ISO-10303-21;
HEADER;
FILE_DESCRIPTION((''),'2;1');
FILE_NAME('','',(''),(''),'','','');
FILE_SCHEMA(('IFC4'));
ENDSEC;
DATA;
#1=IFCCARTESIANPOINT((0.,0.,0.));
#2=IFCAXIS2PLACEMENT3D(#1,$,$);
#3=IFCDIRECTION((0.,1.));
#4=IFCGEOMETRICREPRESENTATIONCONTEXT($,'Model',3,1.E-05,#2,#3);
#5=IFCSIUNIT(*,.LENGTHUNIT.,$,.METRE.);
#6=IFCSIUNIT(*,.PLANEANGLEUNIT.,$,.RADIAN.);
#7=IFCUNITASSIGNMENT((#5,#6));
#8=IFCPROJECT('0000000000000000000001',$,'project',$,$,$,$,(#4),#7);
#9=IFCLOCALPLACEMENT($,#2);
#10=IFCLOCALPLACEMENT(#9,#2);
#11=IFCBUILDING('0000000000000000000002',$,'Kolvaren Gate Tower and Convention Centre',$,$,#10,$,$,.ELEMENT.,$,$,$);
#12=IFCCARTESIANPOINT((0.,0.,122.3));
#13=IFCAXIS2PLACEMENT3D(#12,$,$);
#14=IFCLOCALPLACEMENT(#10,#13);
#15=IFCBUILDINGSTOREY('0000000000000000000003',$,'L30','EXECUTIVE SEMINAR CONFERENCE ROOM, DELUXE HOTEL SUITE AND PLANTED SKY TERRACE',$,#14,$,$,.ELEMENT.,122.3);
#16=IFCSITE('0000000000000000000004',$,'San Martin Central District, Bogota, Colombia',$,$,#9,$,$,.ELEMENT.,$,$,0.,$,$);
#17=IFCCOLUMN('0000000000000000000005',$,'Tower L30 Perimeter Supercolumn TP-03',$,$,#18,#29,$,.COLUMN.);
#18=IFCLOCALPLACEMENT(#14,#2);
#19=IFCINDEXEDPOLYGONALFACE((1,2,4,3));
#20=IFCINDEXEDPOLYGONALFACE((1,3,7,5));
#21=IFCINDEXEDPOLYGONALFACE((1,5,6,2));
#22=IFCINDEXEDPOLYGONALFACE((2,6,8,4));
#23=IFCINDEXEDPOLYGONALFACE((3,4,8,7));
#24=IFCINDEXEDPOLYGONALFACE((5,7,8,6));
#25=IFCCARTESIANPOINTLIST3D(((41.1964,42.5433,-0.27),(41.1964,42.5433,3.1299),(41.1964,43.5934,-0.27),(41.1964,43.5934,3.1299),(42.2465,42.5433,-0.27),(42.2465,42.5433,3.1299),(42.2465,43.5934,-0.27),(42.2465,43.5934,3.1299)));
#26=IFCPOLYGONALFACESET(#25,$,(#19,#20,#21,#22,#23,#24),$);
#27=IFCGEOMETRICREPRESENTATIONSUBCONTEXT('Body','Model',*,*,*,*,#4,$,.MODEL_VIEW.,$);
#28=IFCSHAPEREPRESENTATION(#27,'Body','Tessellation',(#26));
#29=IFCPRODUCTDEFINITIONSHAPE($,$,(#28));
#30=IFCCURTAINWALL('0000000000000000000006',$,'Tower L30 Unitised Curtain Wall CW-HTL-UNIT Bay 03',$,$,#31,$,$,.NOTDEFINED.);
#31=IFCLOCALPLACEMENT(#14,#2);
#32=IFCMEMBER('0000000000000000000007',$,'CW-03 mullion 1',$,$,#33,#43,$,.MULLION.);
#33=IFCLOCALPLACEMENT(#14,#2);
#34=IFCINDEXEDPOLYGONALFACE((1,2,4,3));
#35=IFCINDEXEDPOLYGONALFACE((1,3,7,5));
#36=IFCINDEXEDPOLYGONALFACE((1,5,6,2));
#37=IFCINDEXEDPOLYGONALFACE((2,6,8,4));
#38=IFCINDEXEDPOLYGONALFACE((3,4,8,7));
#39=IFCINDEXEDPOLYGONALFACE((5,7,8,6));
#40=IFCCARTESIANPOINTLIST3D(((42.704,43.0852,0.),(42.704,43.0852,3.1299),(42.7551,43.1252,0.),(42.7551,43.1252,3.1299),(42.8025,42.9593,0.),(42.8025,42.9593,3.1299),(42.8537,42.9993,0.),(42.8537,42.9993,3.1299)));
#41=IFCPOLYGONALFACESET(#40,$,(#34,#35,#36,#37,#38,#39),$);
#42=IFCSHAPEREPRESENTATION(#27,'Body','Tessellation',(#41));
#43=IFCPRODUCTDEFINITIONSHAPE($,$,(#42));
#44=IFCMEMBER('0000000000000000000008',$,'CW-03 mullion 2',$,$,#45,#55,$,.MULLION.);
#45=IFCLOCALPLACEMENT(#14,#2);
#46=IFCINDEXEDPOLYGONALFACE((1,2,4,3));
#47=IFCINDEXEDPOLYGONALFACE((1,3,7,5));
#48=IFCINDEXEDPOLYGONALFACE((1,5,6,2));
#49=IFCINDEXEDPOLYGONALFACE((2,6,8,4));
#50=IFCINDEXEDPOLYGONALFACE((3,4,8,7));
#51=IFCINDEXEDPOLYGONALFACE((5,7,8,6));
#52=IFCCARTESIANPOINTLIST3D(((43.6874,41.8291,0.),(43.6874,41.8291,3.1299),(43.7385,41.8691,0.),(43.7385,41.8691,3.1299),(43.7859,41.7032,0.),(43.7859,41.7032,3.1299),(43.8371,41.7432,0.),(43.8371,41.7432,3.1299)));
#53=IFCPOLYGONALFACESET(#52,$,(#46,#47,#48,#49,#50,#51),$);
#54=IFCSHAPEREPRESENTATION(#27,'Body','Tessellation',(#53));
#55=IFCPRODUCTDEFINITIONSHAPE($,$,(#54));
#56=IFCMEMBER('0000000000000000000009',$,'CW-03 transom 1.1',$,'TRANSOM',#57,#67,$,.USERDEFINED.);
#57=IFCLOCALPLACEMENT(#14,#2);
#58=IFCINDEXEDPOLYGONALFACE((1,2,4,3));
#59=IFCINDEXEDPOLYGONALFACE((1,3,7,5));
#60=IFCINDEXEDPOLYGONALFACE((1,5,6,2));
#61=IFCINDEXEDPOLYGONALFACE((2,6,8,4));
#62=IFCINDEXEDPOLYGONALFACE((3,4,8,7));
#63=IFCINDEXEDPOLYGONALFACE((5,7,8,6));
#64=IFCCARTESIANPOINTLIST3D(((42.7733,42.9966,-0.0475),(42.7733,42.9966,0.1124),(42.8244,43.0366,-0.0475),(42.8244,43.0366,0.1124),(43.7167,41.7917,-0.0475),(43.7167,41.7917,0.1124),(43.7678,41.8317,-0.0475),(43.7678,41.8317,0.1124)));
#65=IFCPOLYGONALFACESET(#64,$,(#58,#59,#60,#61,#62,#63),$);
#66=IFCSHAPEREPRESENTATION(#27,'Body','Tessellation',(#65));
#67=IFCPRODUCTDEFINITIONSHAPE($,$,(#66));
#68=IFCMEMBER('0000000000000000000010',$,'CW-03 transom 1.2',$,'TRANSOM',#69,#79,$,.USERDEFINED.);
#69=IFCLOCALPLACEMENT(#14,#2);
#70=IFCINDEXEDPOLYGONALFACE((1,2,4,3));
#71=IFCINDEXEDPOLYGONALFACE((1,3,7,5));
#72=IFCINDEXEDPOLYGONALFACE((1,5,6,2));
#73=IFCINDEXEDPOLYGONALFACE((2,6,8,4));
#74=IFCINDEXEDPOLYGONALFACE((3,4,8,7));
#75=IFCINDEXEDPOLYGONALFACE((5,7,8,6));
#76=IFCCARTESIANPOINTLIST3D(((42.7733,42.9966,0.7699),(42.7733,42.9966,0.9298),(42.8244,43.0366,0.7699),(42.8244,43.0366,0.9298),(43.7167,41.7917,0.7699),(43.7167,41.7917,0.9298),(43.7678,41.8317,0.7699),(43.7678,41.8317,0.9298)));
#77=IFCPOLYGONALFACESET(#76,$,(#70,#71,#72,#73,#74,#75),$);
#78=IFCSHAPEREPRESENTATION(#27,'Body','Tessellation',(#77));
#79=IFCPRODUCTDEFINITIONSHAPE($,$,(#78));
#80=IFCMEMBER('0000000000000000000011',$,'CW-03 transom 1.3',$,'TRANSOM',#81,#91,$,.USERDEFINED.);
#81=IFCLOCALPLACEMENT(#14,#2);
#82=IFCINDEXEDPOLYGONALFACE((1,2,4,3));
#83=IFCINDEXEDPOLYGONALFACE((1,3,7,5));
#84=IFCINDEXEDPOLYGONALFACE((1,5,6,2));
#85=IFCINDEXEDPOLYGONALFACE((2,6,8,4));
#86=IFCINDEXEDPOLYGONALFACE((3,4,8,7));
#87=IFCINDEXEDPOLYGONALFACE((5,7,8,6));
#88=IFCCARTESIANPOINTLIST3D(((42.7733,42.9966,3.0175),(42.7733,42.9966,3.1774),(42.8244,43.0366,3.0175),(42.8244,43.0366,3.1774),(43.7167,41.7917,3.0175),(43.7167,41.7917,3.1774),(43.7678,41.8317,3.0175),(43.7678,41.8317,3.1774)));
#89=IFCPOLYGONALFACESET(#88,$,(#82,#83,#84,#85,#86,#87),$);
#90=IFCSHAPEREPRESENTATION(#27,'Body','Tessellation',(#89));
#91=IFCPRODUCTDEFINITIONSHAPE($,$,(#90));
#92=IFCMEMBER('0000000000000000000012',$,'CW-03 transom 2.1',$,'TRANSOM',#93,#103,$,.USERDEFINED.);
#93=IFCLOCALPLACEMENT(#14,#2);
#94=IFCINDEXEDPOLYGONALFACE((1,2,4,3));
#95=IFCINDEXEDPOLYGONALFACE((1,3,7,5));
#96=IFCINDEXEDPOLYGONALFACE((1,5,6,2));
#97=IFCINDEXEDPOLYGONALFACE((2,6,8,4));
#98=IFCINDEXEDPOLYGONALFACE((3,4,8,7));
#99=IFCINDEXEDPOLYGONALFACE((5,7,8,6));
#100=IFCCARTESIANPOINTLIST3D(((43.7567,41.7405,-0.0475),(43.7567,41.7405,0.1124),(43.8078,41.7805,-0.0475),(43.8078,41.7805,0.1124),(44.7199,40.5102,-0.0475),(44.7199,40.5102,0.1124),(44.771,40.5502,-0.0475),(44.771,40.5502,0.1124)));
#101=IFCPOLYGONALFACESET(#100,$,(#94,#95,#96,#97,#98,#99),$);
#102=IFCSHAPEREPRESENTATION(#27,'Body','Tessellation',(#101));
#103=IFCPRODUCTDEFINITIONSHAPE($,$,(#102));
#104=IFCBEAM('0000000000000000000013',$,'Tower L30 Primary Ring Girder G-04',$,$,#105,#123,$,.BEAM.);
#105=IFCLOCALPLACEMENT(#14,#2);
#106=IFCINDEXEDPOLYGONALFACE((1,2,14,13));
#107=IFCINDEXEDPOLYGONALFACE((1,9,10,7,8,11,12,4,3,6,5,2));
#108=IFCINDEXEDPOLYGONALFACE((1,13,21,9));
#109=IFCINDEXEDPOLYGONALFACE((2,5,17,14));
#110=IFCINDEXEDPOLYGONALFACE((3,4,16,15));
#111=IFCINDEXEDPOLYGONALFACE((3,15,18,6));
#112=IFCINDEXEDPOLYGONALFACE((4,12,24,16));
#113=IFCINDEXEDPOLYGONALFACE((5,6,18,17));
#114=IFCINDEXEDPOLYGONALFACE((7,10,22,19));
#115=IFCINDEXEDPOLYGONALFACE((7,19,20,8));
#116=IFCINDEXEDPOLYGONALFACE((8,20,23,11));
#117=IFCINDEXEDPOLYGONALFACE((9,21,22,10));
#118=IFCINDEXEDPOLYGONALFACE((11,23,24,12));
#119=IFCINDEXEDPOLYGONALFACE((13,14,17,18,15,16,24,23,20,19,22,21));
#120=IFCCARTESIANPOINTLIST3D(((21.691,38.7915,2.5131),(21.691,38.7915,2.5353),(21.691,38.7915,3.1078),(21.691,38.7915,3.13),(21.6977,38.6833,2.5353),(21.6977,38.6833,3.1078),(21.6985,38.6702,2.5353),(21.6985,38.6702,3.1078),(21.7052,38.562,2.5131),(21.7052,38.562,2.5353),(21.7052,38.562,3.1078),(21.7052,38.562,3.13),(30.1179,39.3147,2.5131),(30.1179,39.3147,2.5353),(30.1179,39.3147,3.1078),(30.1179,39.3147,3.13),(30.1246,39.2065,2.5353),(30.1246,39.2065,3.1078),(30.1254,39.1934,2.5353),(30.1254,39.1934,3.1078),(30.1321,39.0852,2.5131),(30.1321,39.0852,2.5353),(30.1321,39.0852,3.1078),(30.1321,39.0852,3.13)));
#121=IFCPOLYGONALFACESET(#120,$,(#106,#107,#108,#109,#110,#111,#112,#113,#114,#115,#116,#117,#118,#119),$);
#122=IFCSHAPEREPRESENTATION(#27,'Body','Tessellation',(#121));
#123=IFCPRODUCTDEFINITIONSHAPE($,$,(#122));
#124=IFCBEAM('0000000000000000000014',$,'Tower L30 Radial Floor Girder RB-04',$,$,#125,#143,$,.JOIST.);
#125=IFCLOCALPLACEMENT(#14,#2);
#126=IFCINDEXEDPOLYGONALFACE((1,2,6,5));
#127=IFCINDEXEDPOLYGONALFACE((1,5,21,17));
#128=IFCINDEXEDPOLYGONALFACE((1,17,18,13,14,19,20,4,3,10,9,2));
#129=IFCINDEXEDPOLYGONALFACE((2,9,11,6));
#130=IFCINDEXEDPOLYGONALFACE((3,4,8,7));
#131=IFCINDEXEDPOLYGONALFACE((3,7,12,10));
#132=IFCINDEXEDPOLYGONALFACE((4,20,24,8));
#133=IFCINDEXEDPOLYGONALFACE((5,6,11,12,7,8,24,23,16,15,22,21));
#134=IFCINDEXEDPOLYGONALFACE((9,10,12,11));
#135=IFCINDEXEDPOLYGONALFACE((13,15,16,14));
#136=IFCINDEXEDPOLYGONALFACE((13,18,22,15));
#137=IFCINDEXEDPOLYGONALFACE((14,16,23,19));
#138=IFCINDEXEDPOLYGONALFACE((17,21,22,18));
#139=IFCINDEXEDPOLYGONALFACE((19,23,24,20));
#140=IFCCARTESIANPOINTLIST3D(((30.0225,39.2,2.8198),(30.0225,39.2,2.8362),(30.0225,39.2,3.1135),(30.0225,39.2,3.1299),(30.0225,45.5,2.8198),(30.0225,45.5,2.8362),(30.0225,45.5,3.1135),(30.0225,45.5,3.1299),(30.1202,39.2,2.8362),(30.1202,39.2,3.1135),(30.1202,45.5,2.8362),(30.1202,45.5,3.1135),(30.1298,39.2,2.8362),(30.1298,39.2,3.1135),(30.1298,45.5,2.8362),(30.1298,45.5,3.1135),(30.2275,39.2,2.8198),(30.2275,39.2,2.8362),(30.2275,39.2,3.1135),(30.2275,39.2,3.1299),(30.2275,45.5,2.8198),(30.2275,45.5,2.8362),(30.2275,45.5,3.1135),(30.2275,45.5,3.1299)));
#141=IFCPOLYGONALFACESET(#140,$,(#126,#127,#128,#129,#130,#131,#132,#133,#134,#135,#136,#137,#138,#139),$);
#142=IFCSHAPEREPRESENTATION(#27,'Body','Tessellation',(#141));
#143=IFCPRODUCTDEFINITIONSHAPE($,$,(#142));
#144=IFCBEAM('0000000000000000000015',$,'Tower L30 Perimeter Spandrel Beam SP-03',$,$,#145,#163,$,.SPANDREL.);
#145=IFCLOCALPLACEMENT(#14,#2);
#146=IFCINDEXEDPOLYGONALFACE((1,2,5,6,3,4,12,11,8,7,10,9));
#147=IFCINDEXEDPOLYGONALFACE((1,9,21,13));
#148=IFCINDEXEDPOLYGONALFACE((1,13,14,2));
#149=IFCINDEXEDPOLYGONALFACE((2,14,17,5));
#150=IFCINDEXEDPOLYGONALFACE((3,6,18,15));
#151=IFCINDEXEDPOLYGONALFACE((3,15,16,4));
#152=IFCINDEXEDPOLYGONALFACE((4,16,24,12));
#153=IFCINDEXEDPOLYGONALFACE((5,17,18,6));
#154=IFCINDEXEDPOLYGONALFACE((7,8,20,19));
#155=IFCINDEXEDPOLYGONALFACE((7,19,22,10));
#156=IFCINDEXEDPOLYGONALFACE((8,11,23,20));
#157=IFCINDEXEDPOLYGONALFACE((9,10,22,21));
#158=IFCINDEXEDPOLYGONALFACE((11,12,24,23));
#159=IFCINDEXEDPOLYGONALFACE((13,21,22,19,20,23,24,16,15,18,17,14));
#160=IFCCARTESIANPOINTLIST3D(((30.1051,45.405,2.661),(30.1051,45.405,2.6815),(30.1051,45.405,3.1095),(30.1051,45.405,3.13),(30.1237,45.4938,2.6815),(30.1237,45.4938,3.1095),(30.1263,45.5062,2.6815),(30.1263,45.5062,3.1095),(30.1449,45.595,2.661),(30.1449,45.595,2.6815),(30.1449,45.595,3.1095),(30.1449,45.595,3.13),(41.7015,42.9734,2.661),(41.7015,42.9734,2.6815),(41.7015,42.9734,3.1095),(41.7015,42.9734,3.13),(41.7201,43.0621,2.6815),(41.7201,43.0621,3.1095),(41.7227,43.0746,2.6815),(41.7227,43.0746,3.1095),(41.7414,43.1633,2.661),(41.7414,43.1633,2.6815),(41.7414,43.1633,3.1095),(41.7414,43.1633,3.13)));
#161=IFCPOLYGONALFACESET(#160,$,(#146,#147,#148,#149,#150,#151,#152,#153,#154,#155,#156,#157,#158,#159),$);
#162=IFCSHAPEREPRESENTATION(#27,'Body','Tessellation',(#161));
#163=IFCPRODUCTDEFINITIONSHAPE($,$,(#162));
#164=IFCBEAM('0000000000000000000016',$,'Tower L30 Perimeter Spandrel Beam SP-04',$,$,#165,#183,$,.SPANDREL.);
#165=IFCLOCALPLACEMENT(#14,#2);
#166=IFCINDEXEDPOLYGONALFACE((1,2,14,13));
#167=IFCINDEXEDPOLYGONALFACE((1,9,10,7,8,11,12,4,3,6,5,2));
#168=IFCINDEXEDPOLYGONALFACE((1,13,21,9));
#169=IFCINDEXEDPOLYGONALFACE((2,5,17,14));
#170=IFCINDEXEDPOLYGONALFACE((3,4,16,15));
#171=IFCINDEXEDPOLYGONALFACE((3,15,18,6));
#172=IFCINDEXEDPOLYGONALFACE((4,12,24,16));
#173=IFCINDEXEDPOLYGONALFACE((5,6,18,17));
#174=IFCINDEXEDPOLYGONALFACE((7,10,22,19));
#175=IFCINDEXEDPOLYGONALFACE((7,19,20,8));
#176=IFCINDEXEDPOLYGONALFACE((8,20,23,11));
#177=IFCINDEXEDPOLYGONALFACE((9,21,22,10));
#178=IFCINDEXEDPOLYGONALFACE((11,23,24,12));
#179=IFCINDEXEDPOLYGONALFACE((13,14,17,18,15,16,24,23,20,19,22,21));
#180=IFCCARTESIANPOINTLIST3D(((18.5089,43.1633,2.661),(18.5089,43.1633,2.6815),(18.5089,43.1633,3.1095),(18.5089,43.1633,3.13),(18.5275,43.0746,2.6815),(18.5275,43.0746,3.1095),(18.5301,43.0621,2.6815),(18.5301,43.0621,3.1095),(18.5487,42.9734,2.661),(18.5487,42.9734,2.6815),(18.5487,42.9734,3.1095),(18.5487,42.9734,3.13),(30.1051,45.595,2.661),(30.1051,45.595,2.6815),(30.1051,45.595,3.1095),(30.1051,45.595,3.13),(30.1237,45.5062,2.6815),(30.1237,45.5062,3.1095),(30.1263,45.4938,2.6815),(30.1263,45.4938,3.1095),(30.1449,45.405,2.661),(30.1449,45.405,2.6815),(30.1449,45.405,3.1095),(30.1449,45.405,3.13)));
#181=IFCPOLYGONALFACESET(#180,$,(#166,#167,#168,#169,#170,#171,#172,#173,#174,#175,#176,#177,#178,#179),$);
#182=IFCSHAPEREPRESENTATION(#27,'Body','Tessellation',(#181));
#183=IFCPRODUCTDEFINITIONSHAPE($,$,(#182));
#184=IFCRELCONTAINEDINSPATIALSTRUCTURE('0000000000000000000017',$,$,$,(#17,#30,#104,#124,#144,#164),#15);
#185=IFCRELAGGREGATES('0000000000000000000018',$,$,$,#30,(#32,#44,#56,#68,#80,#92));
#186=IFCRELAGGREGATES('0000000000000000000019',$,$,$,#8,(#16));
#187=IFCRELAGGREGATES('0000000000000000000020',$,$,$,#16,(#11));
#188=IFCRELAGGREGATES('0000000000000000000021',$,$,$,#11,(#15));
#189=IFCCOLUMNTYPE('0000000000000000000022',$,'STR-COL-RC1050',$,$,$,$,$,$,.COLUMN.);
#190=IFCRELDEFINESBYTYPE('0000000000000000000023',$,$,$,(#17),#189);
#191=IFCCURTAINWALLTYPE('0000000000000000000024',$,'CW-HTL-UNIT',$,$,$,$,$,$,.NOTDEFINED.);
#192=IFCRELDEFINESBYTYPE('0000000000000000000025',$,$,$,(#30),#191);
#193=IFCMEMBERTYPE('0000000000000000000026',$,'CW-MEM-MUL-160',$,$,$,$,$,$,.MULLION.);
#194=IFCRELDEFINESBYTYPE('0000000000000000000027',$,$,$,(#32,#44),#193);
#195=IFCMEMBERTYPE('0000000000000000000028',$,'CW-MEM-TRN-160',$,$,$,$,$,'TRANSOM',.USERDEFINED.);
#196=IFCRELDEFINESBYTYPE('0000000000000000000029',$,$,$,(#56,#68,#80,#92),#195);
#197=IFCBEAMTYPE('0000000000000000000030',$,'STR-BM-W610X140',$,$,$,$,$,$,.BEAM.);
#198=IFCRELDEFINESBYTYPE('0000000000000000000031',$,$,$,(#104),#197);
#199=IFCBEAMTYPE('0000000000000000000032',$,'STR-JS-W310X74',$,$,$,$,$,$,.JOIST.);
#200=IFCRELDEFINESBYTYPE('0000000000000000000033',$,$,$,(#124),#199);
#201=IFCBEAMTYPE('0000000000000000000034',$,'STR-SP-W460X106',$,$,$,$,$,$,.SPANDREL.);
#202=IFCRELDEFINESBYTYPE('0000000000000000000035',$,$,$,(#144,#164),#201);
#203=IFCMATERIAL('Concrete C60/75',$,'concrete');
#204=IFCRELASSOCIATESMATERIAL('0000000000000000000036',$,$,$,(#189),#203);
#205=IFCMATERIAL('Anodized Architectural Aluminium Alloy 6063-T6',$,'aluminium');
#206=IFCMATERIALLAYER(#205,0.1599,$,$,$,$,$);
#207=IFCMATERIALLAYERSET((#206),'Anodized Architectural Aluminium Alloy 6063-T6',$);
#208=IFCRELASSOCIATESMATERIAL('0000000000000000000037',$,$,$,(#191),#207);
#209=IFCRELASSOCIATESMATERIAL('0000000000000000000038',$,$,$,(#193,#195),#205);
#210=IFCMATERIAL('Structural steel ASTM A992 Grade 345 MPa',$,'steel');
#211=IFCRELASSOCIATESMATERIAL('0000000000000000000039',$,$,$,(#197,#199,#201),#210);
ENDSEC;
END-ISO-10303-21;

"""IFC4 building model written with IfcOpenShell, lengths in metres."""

from ifc_helpers import new_model, si_unit, direction, frame, origin, origin_2d, place, context, subcontext, project, spatial, rectangle, i_section, extrude, material, layer, layer_set, material_profile, profile_set, type_object, element, aggregate, save


model = new_model("IFC4")

# Units and contexts
model_context = context("Model", 3, precision=1e-05, world=origin(), true_north=direction((0.0, 1.0)))
body_context = subcontext(model_context, "Body", "Model", "MODEL_VIEW")
ifc_project = project(units=[si_unit("LENGTHUNIT", "METRE"), si_unit("PLANEANGLEUNIT", "RADIAN")], contexts=[model_context])

# Site, building, storey
site_placement = place(None, origin())
site = spatial("IfcSite", under=ifc_project, at=site_placement, Name="San Martin Central District, Bogota, Colombia", CompositionType="ELEMENT", RefElevation=0.0)
building_placement = place(site_placement, origin())
building = spatial("IfcBuilding", under=site, at=building_placement, Name="Kolvaren Gate Tower and Convention Centre", CompositionType="ELEMENT")
storey_placement = place(building_placement, frame((0.0, 0.0, 122.3)))
storey = spatial("IfcBuildingStorey", under=building, at=storey_placement, Name="L30", Description="EXECUTIVE SEMINAR CONFERENCE ROOM, DELUXE HOTEL SUITE AND PLANTED SKY TERRACE", CompositionType="ELEMENT", Elevation=122.3)

# Column
ifc_material_1 = material(Name="Concrete C60/75", Category="concrete")
ifc_material_profile_1 = material_profile(ifc_material_1, rectangle(XDim=1.05, YDim=1.05, at=origin_2d()), Name="RC-COL-1050X1050")
ifc_profile_set_1 = profile_set([ifc_material_profile_1], Name="Concrete C60/75")
column_type = type_object("IfcColumnType", Name="STR-COL-RC1050", PredefinedType="COLUMN", material=ifc_profile_set_1)
column_placement = place(storey_placement, frame((41.7214, 43.0684, -0.27), z_axis=(0.0, 0.0, 1.0), x_axis=(1.0, 0.0, 0.0)))
element("IfcColumn", 1, at=column_placement, inside=storey, type_object=column_type, Name="Tower L30 Perimeter Supercolumn TP-03", PredefinedType="COLUMN", context=body_context, shape_type="SweptSolid", body=[
    extrude(rectangle(XDim=1.05, YDim=1.05, at=origin_2d()), origin(), (0.0, 0.0, 1.0), 3.3999),
])

# Curtain wall, members
ifc_material_2 = material(Name="Anodized Architectural Aluminium Alloy 6063-T6", Category="aluminium")
ifc_layer_1 = layer(ifc_material_2, 0.1599)
ifc_layer_set_1 = layer_set([ifc_layer_1], Name="Anodized Architectural Aluminium Alloy 6063-T6")
curtain_wall_type = type_object("IfcCurtainWallType", Name="CW-HTL-UNIT", PredefinedType="NOTDEFINED", material=ifc_layer_set_1)
curtain_wall_placement = place(storey_placement, origin())
curtain_wall = element("IfcCurtainWall", 2, at=curtain_wall_placement, inside=storey, type_object=curtain_wall_type, Name="Tower L30 Unitised Curtain Wall CW-HTL-UNIT Bay 03", PredefinedType="NOTDEFINED")
ifc_material_profile_2 = material_profile(ifc_material_2, rectangle(XDim=0.0649, YDim=0.1599, at=origin_2d()), Name="CW-MEM-MUL-160")
ifc_profile_set_2 = profile_set([ifc_material_profile_2], Name="Anodized Architectural Aluminium Alloy 6063-T6")
member_type_1 = type_object("IfcMemberType", Name="CW-MEM-MUL-160", PredefinedType="MULLION", material=ifc_profile_set_2)
member_1_placement = place(storey_placement, frame((42.7788, 43.0422, 0.0), z_axis=(0.0, 0.0, 1.0), x_axis=(0.787413, 0.616426, 0.0)))
member_1 = element("IfcMember", 3, at=member_1_placement, type_object=member_type_1, Name="CW-03 mullion 1", PredefinedType="MULLION", context=body_context, shape_type="SweptSolid", body=[
    extrude(rectangle(XDim=0.0649, YDim=0.1599, at=origin_2d()), origin(), (0.0, 0.0, 1.0), 3.1299),
])
member_2_placement = place(storey_placement, frame((43.7622, 41.7861, 0.0), z_axis=(0.0, 0.0, 1.0), x_axis=(0.787413, 0.616426, 0.0)))
member_2 = element("IfcMember", 4, at=member_2_placement, type_object=member_type_1, Name="CW-03 mullion 2", PredefinedType="MULLION", context=body_context, shape_type="SweptSolid", body=[
    extrude(rectangle(XDim=0.0649, YDim=0.1599, at=origin_2d()), origin(), (0.0, 0.0, 1.0), 3.1299),
])
ifc_material_profile_3 = material_profile(ifc_material_2, rectangle(XDim=0.0649, YDim=0.1599, at=origin_2d()), Name="CW-MEM-TRN-160")
ifc_profile_set_3 = profile_set([ifc_material_profile_3], Name="Anodized Architectural Aluminium Alloy 6063-T6")
member_type_2 = type_object("IfcMemberType", Name="CW-MEM-TRN-160", ElementType="TRANSOM", PredefinedType="USERDEFINED", material=ifc_profile_set_3)
member_3_placement = place(storey_placement, frame((42.7988, 43.0166, 0.0325), z_axis=(0.616489, -0.787364, 0.0), x_axis=(0.787364, 0.616489, 0.0)))
member_3 = element("IfcMember", 5, at=member_3_placement, type_object=member_type_2, Name="CW-03 transom 1.1", ObjectType="TRANSOM", PredefinedType="USERDEFINED", context=body_context, shape_type="SweptSolid", body=[
    extrude(rectangle(XDim=0.0649, YDim=0.1599, at=origin_2d()), origin(), (0.0, 0.0, 1.0), 1.5303),
])
member_4_placement = place(storey_placement, frame((42.7988, 43.0166, 0.8499), z_axis=(0.616489, -0.787364, 0.0), x_axis=(0.787364, 0.616489, 0.0)))
member_4 = element("IfcMember", 6, at=member_4_placement, type_object=member_type_2, Name="CW-03 transom 1.2", ObjectType="TRANSOM", PredefinedType="USERDEFINED", context=body_context, shape_type="SweptSolid", body=[
    extrude(rectangle(XDim=0.0649, YDim=0.1599, at=origin_2d()), origin(), (0.0, 0.0, 1.0), 1.5303),
])
member_5_placement = place(storey_placement, frame((42.7988, 43.0166, 3.0974), z_axis=(0.616489, -0.787364, 0.0), x_axis=(0.787364, 0.616489, 0.0)))
member_5 = element("IfcMember", 7, at=member_5_placement, type_object=member_type_2, Name="CW-03 transom 1.3", ObjectType="TRANSOM", PredefinedType="USERDEFINED", context=body_context, shape_type="SweptSolid", body=[
    extrude(rectangle(XDim=0.0649, YDim=0.1599, at=origin_2d()), origin(), (0.0, 0.0, 1.0), 1.5303),
])
member_6_placement = place(storey_placement, frame((43.7822, 41.7605, 0.0325), z_axis=(0.616447, -0.787396, 0.0), x_axis=(0.787396, 0.616447, 0.0)))
member_6 = element("IfcMember", 8, at=member_6_placement, type_object=member_type_2, Name="CW-03 transom 2.1", ObjectType="TRANSOM", PredefinedType="USERDEFINED", context=body_context, shape_type="SweptSolid", body=[
    extrude(rectangle(XDim=0.0649, YDim=0.1599, at=origin_2d()), origin(), (0.0, 0.0, 1.0), 1.5625),
])

# Beams
ifc_material_3 = material(Name="Structural steel ASTM A992 Grade 345 MPa", Category="steel")
ifc_material_profile_4 = material_profile(ifc_material_3, i_section(OverallWidth=0.23, OverallDepth=0.6169, WebThickness=0.0132, FlangeThickness=0.0222, at=origin_2d()), Name="W610X140")
ifc_profile_set_4 = profile_set([ifc_material_profile_4], Name="Structural steel ASTM A992 Grade 345 MPa")
beam_type_1 = type_object("IfcBeamType", Name="STR-BM-W610X140", PredefinedType="BEAM", material=ifc_profile_set_4)
beam_1_placement = place(storey_placement, frame((30.125, 39.2, 2.8215), z_axis=(-0.998078, -0.061966, 0.0), x_axis=(0.061966, -0.998078, 0.0)))
element("IfcBeam", 9, at=beam_1_placement, inside=storey, type_object=beam_type_1, Name="Tower L30 Primary Ring Girder G-04", PredefinedType="BEAM", context=body_context, shape_type="SweptSolid", body=[
    extrude(i_section(OverallWidth=0.23, OverallDepth=0.6169, WebThickness=0.0132, FlangeThickness=0.0222, at=origin_2d()), origin(), (0.0, 0.0, 1.0), 8.4431),
])
ifc_material_profile_5 = material_profile(ifc_material_3, i_section(OverallWidth=0.2051, OverallDepth=0.3101, WebThickness=0.0095, FlangeThickness=0.0164, at=origin_2d()), Name="W310X74")
ifc_profile_set_5 = profile_set([ifc_material_profile_5], Name="Structural steel ASTM A992 Grade 345 MPa")
beam_type_2 = type_object("IfcBeamType", Name="STR-JS-W310X74", PredefinedType="JOIST", material=ifc_profile_set_5)
beam_2_placement = place(storey_placement, frame((30.125, 39.2, 2.9749), z_axis=(0.0, 1.0, 0.0), x_axis=(-1.0, 0.0, 0.0)))
element("IfcBeam", 10, at=beam_2_placement, inside=storey, type_object=beam_type_2, Name="Tower L30 Radial Floor Girder RB-04", PredefinedType="JOIST", context=body_context, shape_type="SweptSolid", body=[
    extrude(i_section(OverallWidth=0.2051, OverallDepth=0.3101, WebThickness=0.0095, FlangeThickness=0.0164, at=origin_2d()), origin(), (0.0, 0.0, 1.0), 6.3),
])
ifc_material_profile_6 = material_profile(ifc_material_3, i_section(OverallWidth=0.1941, OverallDepth=0.469, WebThickness=0.0127, FlangeThickness=0.0205, at=origin_2d()), Name="W460X106")
ifc_profile_set_6 = profile_set([ifc_material_profile_6], Name="Structural steel ASTM A992 Grade 345 MPa")
beam_type_3 = type_object("IfcBeamType", Name="STR-SP-W460X106", PredefinedType="SPANDREL", material=ifc_profile_set_6)
beam_3_placement = place(storey_placement, frame((41.7214, 43.0684, 2.8955), z_axis=(-0.978715, 0.205225, 0.0), x_axis=(-0.205225, -0.978715, 0.0)))
element("IfcBeam", 11, at=beam_3_placement, inside=storey, type_object=beam_type_3, Name="Tower L30 Perimeter Spandrel Beam SP-03", PredefinedType="SPANDREL", context=body_context, shape_type="SweptSolid", body=[
    extrude(i_section(OverallWidth=0.1941, OverallDepth=0.469, WebThickness=0.0127, FlangeThickness=0.0205, at=origin_2d()), origin(), (0.0, 0.0, 1.0), 11.8486),
])
beam_4_placement = place(storey_placement, frame((30.125, 45.5, 2.8955), z_axis=(-0.978714, -0.205229, 0.0), x_axis=(0.205229, -0.978714, 0.0)))
element("IfcBeam", 12, at=beam_4_placement, inside=storey, type_object=beam_type_3, Name="Tower L30 Perimeter Spandrel Beam SP-04", PredefinedType="SPANDREL", context=body_context, shape_type="SweptSolid", body=[
    extrude(i_section(OverallWidth=0.1941, OverallDepth=0.469, WebThickness=0.0127, FlangeThickness=0.0205, at=origin_2d()), origin(), (0.0, 0.0, 1.0), 11.8484),
])

aggregate(curtain_wall, [member_1, member_2, member_3, member_4, member_5, member_6])

save(model, "model.ifc")
